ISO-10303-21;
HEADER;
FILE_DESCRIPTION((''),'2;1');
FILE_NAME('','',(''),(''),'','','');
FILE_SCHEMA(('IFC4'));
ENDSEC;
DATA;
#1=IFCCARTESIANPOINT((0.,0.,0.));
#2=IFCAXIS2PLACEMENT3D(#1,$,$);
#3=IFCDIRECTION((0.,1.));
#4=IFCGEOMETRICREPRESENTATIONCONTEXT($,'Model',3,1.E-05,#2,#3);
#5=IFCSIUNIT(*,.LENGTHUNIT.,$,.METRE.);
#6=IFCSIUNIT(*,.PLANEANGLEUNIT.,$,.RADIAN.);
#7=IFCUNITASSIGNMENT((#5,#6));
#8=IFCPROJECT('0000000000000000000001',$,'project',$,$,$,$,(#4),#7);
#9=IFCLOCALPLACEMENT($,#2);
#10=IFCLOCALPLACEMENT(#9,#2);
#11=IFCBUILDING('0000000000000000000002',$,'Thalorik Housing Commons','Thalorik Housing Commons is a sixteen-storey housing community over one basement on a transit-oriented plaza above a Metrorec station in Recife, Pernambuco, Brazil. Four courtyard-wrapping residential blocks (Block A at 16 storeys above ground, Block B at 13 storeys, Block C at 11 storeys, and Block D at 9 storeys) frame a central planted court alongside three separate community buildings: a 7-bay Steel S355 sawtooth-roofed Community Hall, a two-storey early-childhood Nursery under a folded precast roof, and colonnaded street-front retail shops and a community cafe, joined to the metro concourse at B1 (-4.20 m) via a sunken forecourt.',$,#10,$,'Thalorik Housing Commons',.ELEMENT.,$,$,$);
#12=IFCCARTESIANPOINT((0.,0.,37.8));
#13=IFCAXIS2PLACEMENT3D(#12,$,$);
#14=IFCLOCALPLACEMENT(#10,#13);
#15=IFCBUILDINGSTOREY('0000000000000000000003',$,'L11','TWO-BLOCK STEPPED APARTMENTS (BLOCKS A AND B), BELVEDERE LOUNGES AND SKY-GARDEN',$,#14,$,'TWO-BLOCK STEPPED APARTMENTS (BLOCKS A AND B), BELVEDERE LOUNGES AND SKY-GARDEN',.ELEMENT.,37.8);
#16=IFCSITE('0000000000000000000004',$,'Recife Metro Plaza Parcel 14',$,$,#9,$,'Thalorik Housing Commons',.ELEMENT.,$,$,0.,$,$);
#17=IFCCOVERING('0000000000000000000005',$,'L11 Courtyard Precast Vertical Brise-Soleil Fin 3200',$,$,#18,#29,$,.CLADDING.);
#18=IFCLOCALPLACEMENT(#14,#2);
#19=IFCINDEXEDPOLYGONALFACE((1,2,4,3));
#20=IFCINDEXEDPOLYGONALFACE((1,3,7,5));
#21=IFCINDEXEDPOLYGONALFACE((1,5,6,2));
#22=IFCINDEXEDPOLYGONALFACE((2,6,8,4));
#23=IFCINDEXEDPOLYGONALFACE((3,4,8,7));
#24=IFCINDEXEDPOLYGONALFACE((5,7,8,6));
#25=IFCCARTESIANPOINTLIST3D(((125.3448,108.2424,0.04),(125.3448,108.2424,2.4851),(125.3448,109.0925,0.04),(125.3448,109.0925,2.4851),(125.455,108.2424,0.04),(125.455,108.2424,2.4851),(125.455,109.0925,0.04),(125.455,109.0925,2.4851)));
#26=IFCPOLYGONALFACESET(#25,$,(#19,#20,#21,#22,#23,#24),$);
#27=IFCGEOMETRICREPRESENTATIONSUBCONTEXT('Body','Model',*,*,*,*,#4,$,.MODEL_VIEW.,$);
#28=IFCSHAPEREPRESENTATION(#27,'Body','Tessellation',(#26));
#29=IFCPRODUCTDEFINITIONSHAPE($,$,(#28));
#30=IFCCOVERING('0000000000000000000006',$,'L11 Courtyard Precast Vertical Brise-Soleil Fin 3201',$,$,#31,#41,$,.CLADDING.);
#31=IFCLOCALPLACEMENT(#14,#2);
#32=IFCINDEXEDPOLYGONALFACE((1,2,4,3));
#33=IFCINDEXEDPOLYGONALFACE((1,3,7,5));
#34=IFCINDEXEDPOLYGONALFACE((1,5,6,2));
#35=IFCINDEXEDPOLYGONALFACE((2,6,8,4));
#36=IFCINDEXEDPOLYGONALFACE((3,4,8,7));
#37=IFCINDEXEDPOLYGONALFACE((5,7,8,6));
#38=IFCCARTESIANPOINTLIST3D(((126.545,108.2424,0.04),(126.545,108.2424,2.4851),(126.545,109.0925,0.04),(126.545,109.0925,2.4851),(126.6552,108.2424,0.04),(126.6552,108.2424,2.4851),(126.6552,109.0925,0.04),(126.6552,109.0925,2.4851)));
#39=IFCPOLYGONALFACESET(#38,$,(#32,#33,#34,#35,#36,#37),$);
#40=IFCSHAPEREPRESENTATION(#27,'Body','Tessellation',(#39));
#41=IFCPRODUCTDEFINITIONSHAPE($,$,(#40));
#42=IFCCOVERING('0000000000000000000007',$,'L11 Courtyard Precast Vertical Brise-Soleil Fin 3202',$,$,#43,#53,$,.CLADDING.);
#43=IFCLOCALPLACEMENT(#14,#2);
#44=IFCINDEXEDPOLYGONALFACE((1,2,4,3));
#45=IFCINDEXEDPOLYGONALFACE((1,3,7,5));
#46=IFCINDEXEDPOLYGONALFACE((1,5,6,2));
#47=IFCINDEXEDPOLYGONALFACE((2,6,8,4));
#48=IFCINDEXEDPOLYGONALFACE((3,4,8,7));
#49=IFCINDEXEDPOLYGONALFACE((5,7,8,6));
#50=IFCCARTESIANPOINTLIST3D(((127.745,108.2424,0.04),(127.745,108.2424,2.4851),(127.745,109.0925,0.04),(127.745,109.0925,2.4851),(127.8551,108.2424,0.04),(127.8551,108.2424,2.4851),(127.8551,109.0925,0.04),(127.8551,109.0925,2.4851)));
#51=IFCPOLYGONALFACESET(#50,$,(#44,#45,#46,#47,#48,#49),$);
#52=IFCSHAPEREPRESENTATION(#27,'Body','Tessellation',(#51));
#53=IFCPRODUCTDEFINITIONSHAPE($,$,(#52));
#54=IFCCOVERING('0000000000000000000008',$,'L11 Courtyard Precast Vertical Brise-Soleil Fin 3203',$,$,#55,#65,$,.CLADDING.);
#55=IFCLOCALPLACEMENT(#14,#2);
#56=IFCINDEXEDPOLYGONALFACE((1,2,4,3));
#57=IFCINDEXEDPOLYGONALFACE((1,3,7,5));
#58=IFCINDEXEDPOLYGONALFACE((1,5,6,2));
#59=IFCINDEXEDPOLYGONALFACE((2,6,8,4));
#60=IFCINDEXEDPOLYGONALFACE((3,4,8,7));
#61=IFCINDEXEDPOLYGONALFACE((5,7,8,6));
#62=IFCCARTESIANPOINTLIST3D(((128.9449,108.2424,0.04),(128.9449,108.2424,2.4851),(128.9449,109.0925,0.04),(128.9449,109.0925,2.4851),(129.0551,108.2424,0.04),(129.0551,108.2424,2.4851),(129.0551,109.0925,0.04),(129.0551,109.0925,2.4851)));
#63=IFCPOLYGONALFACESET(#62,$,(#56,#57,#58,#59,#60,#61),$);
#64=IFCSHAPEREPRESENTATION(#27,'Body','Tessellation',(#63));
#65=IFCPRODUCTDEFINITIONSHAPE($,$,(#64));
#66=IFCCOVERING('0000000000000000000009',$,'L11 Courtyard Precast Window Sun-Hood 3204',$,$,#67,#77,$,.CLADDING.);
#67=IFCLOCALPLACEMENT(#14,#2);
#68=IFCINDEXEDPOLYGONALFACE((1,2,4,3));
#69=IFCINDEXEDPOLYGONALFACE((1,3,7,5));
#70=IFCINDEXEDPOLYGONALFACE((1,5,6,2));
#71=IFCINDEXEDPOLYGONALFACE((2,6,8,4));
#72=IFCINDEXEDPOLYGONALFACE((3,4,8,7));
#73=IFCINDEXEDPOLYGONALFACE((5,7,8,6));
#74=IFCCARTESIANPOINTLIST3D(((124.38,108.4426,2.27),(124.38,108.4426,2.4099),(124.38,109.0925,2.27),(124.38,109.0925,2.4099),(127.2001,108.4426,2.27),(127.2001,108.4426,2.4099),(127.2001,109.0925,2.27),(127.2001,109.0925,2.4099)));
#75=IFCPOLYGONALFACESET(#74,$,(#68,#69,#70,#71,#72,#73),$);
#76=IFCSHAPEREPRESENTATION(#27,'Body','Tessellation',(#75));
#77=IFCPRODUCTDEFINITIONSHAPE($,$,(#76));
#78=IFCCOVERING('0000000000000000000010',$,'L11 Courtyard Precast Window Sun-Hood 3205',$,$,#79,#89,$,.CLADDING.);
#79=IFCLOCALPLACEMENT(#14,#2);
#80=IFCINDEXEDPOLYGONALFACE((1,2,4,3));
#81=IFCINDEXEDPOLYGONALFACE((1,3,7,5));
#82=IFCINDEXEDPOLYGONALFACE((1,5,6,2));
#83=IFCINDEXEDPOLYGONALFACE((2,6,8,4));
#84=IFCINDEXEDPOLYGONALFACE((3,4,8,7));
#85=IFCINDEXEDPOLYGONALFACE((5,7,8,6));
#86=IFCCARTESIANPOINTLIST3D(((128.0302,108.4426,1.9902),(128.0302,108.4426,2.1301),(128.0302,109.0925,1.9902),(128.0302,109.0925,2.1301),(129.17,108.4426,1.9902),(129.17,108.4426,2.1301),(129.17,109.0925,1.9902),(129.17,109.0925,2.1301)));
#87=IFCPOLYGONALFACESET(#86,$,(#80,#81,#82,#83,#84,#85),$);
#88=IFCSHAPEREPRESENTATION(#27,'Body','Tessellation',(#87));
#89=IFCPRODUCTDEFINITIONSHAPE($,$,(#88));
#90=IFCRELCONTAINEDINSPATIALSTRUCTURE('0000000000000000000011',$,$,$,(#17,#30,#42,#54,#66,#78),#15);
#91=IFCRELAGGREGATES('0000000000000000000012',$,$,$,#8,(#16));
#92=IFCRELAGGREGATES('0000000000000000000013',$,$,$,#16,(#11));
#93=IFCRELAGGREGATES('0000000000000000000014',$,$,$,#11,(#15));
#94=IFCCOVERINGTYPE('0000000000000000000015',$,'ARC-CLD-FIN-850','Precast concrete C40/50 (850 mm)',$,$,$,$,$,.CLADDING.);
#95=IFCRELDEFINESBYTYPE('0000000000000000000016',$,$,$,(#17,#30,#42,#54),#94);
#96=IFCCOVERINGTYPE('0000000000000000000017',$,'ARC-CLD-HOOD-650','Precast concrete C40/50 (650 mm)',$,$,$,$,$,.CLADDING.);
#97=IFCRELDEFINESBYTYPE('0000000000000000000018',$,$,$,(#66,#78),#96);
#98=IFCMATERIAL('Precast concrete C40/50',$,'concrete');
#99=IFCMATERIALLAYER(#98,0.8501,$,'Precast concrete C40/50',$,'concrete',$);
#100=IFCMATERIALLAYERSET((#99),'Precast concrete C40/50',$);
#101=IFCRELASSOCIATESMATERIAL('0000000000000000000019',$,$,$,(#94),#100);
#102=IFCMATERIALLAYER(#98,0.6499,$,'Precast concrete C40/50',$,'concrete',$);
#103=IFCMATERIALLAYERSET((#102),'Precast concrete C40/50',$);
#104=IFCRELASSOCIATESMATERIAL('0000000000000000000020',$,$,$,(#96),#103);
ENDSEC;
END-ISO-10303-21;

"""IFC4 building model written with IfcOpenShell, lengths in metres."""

from ifc_helpers import new_model, si_unit, direction, frame, origin, origin_2d, place, context, subcontext, project, spatial, rectangle, extrude, material, layer, layer_set, type_object, element, save


model = new_model("IFC4")

# Units and contexts
model_context = context("Model", 3, precision=1e-05, world=origin(), true_north=direction((0.0, 1.0)))
body_context = subcontext(model_context, "Body", "Model", "MODEL_VIEW")
ifc_project = project(units=[si_unit("LENGTHUNIT", "METRE"), si_unit("PLANEANGLEUNIT", "RADIAN")], contexts=[model_context])

# Site, building, storey
site_placement = place(None, origin())
site = spatial("IfcSite", under=ifc_project, at=site_placement, Name="Recife Metro Plaza Parcel 14", LongName="Thalorik Housing Commons", CompositionType="ELEMENT", RefElevation=0.0)
building_placement = place(site_placement, origin())
building = spatial("IfcBuilding", under=site, at=building_placement, Name="Thalorik Housing Commons", Description="Thalorik Housing Commons is a sixteen-storey housing community over one basement on a transit-oriented plaza above a Metrorec station in Recife, Pernambuco, Brazil. Four courtyard-wrapping residential blocks (Block A at 16 storeys above ground, Block B at 13 storeys, Block C at 11 storeys, and Block D at 9 storeys) frame a central planted court alongside three separate community buildings: a 7-bay Steel S355 sawtooth-roofed Community Hall, a two-storey early-childhood Nursery under a folded precast roof, and colonnaded street-front retail shops and a community cafe, joined to the metro concourse at B1 (-4.20 m) via a sunken forecourt.", LongName="Thalorik Housing Commons", CompositionType="ELEMENT")
storey_placement = place(building_placement, frame((0.0, 0.0, 37.8)))
storey = spatial("IfcBuildingStorey", under=building, at=storey_placement, Name="L11", Description="TWO-BLOCK STEPPED APARTMENTS (BLOCKS A AND B), BELVEDERE LOUNGES AND SKY-GARDEN", LongName="TWO-BLOCK STEPPED APARTMENTS (BLOCKS A AND B), BELVEDERE LOUNGES AND SKY-GARDEN", CompositionType="ELEMENT", Elevation=37.8)

# Shared definitions
ifc_material_1 = material(Name="Precast concrete C40/50", Category="concrete")

# Coverings
ifc_layer_1 = layer(ifc_material_1, 0.8501, Name="Precast concrete C40/50", Category="concrete")
ifc_layer_set_1 = layer_set([ifc_layer_1], Name="Precast concrete C40/50")
covering_type_1 = type_object("IfcCoveringType", Name="ARC-CLD-FIN-850", Description="Precast concrete C40/50 (850 mm)", PredefinedType="CLADDING", material=ifc_layer_set_1)
for number, where, z_axis, x_axis, name in (
    (1, (125.3999, 108.6675, 0.04), (0.0, 0.0, 1.0), (1.0, 0.0, 0.0), "L11 Courtyard Precast Vertical Brise-Soleil Fin 3200"),
    (2, (126.6001, 108.6675, 0.04), (0.0, 0.0, 1.0), (1.0, 0.0, 0.0), "L11 Courtyard Precast Vertical Brise-Soleil Fin 3201"),
    (3, (127.8, 108.6675, 0.04), (0.0, 0.0, 1.0), (1.0, 0.0, 0.0), "L11 Courtyard Precast Vertical Brise-Soleil Fin 3202"),
    (4, (129.0, 108.6675, 0.04), (0.0, 0.0, 1.0), (1.0, 0.0, 0.0), "L11 Courtyard Precast Vertical Brise-Soleil Fin 3203"),
):
    element("IfcCovering", number, at=place(storey_placement, frame(where, z_axis=z_axis, x_axis=x_axis)), inside=storey, type_object=covering_type_1, Name=name, PredefinedType="CLADDING", context=body_context, shape_type="SweptSolid", body=[
        extrude(rectangle(XDim=0.1101, YDim=0.8501, at=origin_2d()), origin(), (0.0, 0.0, 1.0), 2.4451),
    ])
ifc_layer_2 = layer(ifc_material_1, 0.6499, Name="Precast concrete C40/50", Category="concrete")
ifc_layer_set_2 = layer_set([ifc_layer_2], Name="Precast concrete C40/50")
covering_type_2 = type_object("IfcCoveringType", Name="ARC-CLD-HOOD-650", Description="Precast concrete C40/50 (650 mm)", PredefinedType="CLADDING", material=ifc_layer_set_2)
covering_1_placement = place(storey_placement, frame((125.79, 108.7676, 2.27), z_axis=(0.0, 0.0, 1.0), x_axis=(1.0, 0.0, 0.0)))
element("IfcCovering", 5, at=covering_1_placement, inside=storey, type_object=covering_type_2, Name="L11 Courtyard Precast Window Sun-Hood 3204", PredefinedType="CLADDING", context=body_context, shape_type="SweptSolid", body=[
    extrude(rectangle(XDim=2.8201, YDim=0.6499, at=origin_2d()), origin(), (0.0, 0.0, 1.0), 0.1399),
])
covering_2_placement = place(storey_placement, frame((128.6001, 108.7676, 1.9902), z_axis=(0.0, 0.0, 1.0), x_axis=(1.0, 0.0, 0.0)))
element("IfcCovering", 6, at=covering_2_placement, inside=storey, type_object=covering_type_2, Name="L11 Courtyard Precast Window Sun-Hood 3205", PredefinedType="CLADDING", context=body_context, shape_type="SweptSolid", body=[
    extrude(rectangle(XDim=1.1399, YDim=0.6499, at=origin_2d()), origin(), (0.0, 0.0, 1.0), 0.1399),
])

save(model, "model.ifc")
